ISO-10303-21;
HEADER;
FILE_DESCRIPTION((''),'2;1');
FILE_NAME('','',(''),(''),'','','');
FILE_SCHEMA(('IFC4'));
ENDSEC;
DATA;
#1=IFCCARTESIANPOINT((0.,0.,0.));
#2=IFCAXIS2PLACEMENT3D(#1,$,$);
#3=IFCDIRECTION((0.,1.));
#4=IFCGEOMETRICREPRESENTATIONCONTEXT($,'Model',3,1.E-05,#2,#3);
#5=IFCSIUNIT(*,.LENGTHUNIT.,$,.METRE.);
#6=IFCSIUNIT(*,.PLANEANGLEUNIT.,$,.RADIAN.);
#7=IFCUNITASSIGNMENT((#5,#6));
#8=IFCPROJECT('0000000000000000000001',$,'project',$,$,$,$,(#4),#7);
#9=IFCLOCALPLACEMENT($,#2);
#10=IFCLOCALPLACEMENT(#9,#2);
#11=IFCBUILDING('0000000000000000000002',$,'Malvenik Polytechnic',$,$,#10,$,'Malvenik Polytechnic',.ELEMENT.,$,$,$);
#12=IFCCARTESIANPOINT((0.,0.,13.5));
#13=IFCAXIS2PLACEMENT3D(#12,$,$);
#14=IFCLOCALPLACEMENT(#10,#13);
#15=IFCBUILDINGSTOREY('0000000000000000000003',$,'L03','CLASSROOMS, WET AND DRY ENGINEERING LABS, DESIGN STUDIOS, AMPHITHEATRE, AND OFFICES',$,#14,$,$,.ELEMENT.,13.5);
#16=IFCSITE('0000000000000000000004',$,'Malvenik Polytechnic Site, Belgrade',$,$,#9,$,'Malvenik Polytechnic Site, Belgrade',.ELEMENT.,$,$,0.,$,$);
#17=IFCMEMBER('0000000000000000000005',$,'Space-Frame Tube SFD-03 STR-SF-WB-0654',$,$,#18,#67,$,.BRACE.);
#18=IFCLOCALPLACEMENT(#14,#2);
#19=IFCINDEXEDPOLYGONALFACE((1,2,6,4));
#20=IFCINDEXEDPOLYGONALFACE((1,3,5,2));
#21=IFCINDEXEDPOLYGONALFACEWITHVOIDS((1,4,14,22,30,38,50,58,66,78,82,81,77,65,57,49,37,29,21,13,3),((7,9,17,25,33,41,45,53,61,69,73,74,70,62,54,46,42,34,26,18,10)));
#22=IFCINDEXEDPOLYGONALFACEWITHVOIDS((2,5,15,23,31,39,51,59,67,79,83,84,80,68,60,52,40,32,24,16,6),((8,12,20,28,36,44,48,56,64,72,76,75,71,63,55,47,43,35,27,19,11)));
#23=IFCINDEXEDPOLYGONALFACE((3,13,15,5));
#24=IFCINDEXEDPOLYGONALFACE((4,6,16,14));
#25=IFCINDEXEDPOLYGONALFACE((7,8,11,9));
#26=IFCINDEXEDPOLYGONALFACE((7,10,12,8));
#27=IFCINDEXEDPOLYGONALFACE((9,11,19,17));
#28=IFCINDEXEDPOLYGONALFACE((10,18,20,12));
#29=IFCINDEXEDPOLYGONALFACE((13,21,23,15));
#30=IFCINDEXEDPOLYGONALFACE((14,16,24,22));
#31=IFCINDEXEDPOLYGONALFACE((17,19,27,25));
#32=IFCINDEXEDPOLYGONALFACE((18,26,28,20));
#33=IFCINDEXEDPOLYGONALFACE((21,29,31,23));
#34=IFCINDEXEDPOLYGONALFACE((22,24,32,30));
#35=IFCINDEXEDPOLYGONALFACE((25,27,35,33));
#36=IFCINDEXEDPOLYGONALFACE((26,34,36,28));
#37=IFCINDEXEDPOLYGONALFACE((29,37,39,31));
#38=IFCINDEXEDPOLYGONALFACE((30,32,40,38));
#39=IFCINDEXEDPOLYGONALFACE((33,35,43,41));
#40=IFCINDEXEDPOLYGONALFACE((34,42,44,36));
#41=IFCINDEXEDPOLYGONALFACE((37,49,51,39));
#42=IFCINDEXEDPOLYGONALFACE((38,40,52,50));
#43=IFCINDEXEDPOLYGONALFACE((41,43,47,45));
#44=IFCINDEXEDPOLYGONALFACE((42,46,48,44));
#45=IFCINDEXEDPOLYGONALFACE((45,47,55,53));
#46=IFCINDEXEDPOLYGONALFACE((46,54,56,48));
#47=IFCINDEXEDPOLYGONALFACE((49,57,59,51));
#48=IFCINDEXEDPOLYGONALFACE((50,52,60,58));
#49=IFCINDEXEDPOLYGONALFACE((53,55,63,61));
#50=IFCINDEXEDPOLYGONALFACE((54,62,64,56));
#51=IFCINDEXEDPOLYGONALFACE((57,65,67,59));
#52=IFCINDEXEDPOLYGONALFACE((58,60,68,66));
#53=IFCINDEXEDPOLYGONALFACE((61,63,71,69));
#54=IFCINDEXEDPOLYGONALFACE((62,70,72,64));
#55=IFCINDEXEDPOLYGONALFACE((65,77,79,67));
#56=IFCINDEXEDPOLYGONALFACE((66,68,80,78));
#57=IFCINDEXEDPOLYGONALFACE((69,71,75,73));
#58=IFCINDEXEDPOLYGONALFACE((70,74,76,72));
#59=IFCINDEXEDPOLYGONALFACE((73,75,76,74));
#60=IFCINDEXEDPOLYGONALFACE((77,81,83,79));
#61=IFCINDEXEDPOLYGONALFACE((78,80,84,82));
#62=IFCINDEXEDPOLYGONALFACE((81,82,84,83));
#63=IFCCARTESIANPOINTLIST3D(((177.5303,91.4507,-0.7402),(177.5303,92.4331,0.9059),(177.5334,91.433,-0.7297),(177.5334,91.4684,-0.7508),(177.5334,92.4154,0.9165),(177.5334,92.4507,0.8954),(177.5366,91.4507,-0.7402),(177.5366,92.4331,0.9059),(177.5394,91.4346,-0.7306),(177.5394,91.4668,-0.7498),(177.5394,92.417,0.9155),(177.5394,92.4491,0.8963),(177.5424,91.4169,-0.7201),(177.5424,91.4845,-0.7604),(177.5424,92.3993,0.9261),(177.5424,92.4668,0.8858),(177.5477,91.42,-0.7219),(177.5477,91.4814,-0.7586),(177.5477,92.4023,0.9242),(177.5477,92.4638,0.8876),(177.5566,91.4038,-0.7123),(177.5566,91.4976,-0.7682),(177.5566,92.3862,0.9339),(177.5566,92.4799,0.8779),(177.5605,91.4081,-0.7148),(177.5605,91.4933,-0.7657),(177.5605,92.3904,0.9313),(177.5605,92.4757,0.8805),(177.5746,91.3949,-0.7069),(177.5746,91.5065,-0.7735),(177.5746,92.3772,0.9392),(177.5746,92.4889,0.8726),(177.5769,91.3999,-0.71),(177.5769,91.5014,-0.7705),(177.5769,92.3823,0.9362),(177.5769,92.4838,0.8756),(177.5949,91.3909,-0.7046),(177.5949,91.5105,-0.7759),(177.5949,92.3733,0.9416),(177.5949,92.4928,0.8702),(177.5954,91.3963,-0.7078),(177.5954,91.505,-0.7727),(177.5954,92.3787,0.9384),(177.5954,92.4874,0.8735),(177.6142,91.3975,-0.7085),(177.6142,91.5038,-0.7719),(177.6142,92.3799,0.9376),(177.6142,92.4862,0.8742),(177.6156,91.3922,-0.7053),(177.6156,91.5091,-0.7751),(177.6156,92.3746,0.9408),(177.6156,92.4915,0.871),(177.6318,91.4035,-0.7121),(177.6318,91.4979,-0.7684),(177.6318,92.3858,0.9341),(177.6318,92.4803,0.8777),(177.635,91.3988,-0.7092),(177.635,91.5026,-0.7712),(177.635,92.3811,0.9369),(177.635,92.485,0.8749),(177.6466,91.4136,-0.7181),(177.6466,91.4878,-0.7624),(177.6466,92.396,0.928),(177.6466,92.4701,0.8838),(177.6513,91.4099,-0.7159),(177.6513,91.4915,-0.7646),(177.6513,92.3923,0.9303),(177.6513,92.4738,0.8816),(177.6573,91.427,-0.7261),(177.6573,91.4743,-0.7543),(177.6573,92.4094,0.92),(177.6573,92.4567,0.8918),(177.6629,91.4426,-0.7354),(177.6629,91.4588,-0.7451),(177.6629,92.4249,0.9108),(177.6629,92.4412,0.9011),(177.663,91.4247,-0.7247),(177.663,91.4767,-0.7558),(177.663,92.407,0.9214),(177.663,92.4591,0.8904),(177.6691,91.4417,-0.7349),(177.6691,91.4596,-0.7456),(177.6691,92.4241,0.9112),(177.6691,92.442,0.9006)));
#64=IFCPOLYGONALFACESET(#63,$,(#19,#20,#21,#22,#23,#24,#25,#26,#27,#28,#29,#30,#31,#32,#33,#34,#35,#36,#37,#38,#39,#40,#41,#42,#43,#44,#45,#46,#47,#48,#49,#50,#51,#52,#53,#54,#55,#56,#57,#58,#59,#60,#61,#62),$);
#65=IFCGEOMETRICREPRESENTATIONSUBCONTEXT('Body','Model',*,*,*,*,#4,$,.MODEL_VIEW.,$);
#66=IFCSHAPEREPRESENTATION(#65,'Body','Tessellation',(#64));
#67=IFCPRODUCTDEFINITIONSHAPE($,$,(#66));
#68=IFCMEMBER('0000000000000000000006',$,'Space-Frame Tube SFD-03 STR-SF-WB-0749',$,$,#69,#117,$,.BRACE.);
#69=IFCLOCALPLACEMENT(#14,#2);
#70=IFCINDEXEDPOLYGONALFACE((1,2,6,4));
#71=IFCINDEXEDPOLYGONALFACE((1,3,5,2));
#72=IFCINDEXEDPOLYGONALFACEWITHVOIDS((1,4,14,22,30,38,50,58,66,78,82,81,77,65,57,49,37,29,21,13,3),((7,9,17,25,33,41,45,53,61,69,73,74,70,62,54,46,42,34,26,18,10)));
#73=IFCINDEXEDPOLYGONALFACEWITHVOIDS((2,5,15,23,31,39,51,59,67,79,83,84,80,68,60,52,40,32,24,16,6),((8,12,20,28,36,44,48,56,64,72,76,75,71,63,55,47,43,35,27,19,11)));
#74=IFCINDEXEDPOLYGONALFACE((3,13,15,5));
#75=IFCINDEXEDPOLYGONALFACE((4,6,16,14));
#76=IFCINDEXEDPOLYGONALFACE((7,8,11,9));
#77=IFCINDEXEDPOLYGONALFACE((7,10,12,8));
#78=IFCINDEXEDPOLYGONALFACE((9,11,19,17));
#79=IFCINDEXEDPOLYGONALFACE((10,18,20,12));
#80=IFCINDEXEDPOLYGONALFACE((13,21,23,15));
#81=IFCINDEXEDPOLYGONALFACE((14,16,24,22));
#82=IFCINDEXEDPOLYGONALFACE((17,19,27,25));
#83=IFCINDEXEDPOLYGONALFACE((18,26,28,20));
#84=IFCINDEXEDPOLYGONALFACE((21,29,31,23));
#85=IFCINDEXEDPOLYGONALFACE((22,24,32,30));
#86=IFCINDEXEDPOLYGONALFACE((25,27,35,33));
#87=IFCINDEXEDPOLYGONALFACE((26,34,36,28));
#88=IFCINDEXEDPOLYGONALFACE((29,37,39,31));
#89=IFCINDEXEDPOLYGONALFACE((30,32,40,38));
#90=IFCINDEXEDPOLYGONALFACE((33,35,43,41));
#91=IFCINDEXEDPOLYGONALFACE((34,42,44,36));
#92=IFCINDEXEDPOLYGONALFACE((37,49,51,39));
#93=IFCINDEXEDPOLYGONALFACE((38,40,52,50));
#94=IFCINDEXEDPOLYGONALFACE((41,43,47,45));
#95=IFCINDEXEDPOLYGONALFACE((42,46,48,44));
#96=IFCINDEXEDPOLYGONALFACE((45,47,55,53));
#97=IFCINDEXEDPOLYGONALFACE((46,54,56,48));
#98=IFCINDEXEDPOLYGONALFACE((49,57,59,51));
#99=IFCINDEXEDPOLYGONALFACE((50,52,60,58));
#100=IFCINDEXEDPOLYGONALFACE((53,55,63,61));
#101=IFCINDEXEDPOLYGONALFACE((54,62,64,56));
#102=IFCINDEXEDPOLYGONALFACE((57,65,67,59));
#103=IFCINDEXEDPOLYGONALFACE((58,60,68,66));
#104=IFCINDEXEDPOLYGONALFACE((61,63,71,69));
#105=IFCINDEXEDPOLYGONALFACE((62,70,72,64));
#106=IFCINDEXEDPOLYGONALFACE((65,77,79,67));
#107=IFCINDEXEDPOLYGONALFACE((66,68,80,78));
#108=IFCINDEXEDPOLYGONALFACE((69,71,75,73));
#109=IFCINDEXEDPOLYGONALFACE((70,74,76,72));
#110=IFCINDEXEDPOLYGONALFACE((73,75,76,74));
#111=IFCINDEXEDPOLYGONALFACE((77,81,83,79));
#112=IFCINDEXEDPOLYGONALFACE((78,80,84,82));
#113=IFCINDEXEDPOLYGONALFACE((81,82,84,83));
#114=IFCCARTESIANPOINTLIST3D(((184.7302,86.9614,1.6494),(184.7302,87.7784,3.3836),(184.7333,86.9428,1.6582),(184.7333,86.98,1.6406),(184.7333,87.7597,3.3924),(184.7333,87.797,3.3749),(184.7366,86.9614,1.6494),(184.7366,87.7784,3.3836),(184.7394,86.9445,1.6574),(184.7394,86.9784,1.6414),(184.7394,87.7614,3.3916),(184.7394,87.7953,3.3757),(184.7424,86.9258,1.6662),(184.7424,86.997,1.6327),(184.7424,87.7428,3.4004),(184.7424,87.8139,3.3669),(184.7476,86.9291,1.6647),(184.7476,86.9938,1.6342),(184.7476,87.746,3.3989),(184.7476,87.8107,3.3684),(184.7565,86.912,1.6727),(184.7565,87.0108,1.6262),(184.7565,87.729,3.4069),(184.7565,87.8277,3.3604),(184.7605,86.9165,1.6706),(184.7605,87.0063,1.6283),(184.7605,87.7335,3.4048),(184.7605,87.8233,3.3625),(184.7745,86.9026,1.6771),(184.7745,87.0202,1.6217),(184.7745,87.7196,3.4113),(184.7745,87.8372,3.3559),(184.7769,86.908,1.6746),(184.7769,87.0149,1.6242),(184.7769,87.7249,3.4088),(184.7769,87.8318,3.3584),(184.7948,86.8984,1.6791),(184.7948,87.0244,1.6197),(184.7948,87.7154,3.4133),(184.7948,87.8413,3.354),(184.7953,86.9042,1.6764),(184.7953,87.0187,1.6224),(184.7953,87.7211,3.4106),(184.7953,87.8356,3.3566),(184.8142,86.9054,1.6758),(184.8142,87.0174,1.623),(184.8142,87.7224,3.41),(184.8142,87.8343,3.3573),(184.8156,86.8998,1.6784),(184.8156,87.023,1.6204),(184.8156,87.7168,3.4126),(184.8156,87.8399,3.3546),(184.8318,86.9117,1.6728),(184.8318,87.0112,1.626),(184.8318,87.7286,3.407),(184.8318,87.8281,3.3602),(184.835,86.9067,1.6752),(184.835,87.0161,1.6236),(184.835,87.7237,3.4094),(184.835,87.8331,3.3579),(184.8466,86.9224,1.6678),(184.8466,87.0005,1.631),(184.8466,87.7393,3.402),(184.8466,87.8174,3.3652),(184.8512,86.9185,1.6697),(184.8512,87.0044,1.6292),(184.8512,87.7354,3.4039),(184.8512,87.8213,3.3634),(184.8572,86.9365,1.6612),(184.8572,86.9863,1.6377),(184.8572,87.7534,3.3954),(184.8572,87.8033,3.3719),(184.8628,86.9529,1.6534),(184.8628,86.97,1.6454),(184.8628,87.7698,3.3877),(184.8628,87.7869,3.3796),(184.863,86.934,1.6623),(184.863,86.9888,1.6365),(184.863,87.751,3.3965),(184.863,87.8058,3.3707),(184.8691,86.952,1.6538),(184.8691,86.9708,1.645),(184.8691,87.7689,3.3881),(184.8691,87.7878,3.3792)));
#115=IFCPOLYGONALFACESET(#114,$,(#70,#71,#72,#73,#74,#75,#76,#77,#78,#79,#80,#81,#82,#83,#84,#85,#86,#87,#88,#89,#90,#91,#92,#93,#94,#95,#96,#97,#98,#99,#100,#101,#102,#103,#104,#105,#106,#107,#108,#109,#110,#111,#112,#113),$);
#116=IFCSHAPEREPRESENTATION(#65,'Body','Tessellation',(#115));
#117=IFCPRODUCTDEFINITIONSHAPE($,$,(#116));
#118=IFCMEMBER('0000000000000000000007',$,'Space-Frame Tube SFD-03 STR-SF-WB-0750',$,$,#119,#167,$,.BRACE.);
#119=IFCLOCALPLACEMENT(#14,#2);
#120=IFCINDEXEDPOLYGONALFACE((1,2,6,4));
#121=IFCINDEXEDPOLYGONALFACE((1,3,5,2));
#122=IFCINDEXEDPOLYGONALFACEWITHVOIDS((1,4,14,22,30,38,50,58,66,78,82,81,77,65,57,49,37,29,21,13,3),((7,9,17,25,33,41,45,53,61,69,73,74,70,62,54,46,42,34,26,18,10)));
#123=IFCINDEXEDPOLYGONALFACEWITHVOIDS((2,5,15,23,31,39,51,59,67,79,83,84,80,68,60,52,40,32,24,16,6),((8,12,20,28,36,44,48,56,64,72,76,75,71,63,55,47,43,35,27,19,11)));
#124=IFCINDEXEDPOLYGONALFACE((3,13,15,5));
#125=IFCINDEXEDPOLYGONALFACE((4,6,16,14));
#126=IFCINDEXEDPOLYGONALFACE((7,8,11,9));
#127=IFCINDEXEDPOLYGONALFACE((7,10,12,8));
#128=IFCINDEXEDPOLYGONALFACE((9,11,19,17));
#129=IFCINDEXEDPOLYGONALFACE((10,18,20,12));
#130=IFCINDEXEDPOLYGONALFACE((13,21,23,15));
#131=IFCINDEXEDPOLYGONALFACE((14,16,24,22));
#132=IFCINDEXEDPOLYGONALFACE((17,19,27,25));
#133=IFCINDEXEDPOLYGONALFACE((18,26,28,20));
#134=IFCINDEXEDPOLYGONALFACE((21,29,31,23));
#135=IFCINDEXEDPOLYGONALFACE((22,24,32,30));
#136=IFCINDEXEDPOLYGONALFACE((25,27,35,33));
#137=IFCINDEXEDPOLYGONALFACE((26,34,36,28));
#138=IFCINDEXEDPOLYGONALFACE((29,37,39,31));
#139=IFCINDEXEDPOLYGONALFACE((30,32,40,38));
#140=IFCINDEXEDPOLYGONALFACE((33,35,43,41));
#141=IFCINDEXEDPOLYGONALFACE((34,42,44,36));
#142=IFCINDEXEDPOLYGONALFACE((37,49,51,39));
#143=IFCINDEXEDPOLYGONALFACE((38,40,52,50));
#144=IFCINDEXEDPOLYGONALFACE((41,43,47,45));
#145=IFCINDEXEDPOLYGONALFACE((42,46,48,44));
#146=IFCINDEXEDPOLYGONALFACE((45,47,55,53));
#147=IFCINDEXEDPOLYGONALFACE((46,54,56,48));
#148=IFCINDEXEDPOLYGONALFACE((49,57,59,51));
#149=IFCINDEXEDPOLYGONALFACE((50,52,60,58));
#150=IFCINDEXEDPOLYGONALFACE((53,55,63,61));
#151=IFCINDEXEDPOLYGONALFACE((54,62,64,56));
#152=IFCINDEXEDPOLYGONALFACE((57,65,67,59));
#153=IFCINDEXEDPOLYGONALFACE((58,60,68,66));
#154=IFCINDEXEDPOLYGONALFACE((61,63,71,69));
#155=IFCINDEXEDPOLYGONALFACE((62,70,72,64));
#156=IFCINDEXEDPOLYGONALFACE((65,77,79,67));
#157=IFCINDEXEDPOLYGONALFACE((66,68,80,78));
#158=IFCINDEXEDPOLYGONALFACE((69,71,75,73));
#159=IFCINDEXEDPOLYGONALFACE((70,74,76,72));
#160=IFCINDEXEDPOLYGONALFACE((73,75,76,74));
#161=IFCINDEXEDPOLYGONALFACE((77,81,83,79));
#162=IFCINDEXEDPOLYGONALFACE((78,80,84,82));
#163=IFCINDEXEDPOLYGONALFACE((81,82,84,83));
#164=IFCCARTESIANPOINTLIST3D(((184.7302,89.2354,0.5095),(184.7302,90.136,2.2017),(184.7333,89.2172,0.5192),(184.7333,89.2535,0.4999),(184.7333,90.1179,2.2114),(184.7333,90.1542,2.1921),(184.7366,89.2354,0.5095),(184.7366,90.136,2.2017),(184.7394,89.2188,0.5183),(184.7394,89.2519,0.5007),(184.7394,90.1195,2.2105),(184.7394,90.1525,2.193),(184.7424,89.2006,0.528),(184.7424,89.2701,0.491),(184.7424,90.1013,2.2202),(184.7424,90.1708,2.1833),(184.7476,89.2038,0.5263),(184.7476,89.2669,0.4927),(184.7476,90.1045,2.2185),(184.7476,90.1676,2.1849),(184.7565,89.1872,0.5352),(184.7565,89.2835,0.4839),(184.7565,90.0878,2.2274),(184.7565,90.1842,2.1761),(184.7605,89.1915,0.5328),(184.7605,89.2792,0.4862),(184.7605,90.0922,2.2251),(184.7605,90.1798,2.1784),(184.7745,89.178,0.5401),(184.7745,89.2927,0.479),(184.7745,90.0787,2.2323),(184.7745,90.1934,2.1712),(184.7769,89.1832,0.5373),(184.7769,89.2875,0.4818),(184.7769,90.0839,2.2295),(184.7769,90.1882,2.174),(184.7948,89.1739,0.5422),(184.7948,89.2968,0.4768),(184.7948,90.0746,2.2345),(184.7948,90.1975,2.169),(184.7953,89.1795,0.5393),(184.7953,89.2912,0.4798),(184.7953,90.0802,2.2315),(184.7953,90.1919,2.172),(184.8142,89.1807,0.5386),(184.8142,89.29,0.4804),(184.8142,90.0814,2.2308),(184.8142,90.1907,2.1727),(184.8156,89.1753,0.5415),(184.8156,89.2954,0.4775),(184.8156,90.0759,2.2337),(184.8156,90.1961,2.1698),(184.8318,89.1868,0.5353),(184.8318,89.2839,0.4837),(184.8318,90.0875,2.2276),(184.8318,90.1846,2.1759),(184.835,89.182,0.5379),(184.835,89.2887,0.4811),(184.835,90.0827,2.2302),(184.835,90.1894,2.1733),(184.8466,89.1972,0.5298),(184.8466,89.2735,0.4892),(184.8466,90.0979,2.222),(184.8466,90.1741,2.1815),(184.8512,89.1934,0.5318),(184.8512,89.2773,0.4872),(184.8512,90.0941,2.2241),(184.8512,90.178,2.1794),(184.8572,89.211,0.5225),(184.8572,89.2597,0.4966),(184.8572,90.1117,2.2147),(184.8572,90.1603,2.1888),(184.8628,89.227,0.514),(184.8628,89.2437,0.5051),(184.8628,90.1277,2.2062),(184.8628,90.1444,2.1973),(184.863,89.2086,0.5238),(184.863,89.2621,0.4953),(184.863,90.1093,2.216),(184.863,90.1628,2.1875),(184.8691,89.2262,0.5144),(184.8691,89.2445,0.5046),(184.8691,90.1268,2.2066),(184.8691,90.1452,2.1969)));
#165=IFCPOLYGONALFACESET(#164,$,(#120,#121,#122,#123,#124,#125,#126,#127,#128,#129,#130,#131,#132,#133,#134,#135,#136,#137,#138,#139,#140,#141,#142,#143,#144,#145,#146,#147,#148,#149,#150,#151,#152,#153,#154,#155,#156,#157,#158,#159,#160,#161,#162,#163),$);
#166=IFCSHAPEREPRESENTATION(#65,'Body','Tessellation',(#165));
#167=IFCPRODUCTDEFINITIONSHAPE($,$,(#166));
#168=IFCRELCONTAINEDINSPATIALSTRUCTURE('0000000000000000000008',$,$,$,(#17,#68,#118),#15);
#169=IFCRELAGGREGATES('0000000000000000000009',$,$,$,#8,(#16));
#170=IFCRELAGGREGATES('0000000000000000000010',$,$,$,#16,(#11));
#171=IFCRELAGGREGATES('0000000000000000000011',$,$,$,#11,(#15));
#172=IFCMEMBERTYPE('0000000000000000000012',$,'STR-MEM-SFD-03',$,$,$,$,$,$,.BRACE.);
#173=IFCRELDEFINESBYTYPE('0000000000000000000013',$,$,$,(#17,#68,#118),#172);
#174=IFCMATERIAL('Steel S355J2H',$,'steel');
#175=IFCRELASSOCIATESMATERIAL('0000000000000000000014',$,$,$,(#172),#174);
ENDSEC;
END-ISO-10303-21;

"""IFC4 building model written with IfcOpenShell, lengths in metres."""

from ifc_helpers import new_model, si_unit, direction, frame, origin, origin_2d, place, context, subcontext, project, spatial, hollow_circle, extrude, material, material_profile, profile_set, type_object, element, save


model = new_model("IFC4")

# Units and contexts
model_context = context("Model", 3, precision=1e-05, world=origin(), true_north=direction((0.0, 1.0)))
body_context = subcontext(model_context, "Body", "Model", "MODEL_VIEW")
ifc_project = project(units=[si_unit("LENGTHUNIT", "METRE"), si_unit("PLANEANGLEUNIT", "RADIAN")], contexts=[model_context])

# Site, building, storey
site_placement = place(None, origin())
site = spatial("IfcSite", under=ifc_project, at=site_placement, Name="Malvenik Polytechnic Site, Belgrade", LongName="Malvenik Polytechnic Site, Belgrade", CompositionType="ELEMENT", RefElevation=0.0)
building_placement = place(site_placement, origin())
building = spatial("IfcBuilding", under=site, at=building_placement, Name="Malvenik Polytechnic", LongName="Malvenik Polytechnic", CompositionType="ELEMENT")
storey_placement = place(building_placement, frame((0.0, 0.0, 13.5)))
storey = spatial("IfcBuildingStorey", under=building, at=storey_placement, Name="L03", Description="CLASSROOMS, WET AND DRY ENGINEERING LABS, DESIGN STUDIOS, AMPHITHEATRE, AND OFFICES", CompositionType="ELEMENT", Elevation=13.5)

# Members
ifc_material_1 = material(Name="Steel S355J2H", Category="steel")
ifc_material_profile_1 = material_profile(ifc_material_1, hollow_circle(Radius=0.0698, WallThickness=0.0063, at=origin_2d()), Name="CHS 139.7x6.3")
ifc_profile_set_1 = profile_set([ifc_material_profile_1], Name="Steel S355J2H")
member_type_1 = type_object("IfcMemberType", Name="STR-MEM-SFD-03", PredefinedType="BRACE", material=ifc_profile_set_1)
for number, where, z_axis, x_axis, name in (
    (1, (177.6001, 91.4507, -0.7402), (0.0, 0.512453, 0.858715), (-1.0, 0.0, 0.0), "Space-Frame Tube SFD-03 STR-SF-WB-0654"),
    (2, (184.8, 86.9614, 1.6494), (0.0, 0.426153, 0.904651), (-1.0, 0.0, 0.0), "Space-Frame Tube SFD-03 STR-SF-WB-0749"),
    (3, (184.8, 89.2354, 0.5095), (0.0, 0.469841, 0.882751), (-1.0, 0.0, 0.0), "Space-Frame Tube SFD-03 STR-SF-WB-0750"),
):
    element("IfcMember", number, at=place(storey_placement, frame(where, z_axis=z_axis, x_axis=x_axis)), inside=storey, type_object=member_type_1, Name=name, PredefinedType="BRACE", context=body_context, shape_type="SweptSolid", body=[
        extrude(hollow_circle(Radius=0.0698, WallThickness=0.0063, at=origin_2d()), origin(), (0.0, 0.0, 1.0), 1.917),
    ])

save(model, "model.ifc")
